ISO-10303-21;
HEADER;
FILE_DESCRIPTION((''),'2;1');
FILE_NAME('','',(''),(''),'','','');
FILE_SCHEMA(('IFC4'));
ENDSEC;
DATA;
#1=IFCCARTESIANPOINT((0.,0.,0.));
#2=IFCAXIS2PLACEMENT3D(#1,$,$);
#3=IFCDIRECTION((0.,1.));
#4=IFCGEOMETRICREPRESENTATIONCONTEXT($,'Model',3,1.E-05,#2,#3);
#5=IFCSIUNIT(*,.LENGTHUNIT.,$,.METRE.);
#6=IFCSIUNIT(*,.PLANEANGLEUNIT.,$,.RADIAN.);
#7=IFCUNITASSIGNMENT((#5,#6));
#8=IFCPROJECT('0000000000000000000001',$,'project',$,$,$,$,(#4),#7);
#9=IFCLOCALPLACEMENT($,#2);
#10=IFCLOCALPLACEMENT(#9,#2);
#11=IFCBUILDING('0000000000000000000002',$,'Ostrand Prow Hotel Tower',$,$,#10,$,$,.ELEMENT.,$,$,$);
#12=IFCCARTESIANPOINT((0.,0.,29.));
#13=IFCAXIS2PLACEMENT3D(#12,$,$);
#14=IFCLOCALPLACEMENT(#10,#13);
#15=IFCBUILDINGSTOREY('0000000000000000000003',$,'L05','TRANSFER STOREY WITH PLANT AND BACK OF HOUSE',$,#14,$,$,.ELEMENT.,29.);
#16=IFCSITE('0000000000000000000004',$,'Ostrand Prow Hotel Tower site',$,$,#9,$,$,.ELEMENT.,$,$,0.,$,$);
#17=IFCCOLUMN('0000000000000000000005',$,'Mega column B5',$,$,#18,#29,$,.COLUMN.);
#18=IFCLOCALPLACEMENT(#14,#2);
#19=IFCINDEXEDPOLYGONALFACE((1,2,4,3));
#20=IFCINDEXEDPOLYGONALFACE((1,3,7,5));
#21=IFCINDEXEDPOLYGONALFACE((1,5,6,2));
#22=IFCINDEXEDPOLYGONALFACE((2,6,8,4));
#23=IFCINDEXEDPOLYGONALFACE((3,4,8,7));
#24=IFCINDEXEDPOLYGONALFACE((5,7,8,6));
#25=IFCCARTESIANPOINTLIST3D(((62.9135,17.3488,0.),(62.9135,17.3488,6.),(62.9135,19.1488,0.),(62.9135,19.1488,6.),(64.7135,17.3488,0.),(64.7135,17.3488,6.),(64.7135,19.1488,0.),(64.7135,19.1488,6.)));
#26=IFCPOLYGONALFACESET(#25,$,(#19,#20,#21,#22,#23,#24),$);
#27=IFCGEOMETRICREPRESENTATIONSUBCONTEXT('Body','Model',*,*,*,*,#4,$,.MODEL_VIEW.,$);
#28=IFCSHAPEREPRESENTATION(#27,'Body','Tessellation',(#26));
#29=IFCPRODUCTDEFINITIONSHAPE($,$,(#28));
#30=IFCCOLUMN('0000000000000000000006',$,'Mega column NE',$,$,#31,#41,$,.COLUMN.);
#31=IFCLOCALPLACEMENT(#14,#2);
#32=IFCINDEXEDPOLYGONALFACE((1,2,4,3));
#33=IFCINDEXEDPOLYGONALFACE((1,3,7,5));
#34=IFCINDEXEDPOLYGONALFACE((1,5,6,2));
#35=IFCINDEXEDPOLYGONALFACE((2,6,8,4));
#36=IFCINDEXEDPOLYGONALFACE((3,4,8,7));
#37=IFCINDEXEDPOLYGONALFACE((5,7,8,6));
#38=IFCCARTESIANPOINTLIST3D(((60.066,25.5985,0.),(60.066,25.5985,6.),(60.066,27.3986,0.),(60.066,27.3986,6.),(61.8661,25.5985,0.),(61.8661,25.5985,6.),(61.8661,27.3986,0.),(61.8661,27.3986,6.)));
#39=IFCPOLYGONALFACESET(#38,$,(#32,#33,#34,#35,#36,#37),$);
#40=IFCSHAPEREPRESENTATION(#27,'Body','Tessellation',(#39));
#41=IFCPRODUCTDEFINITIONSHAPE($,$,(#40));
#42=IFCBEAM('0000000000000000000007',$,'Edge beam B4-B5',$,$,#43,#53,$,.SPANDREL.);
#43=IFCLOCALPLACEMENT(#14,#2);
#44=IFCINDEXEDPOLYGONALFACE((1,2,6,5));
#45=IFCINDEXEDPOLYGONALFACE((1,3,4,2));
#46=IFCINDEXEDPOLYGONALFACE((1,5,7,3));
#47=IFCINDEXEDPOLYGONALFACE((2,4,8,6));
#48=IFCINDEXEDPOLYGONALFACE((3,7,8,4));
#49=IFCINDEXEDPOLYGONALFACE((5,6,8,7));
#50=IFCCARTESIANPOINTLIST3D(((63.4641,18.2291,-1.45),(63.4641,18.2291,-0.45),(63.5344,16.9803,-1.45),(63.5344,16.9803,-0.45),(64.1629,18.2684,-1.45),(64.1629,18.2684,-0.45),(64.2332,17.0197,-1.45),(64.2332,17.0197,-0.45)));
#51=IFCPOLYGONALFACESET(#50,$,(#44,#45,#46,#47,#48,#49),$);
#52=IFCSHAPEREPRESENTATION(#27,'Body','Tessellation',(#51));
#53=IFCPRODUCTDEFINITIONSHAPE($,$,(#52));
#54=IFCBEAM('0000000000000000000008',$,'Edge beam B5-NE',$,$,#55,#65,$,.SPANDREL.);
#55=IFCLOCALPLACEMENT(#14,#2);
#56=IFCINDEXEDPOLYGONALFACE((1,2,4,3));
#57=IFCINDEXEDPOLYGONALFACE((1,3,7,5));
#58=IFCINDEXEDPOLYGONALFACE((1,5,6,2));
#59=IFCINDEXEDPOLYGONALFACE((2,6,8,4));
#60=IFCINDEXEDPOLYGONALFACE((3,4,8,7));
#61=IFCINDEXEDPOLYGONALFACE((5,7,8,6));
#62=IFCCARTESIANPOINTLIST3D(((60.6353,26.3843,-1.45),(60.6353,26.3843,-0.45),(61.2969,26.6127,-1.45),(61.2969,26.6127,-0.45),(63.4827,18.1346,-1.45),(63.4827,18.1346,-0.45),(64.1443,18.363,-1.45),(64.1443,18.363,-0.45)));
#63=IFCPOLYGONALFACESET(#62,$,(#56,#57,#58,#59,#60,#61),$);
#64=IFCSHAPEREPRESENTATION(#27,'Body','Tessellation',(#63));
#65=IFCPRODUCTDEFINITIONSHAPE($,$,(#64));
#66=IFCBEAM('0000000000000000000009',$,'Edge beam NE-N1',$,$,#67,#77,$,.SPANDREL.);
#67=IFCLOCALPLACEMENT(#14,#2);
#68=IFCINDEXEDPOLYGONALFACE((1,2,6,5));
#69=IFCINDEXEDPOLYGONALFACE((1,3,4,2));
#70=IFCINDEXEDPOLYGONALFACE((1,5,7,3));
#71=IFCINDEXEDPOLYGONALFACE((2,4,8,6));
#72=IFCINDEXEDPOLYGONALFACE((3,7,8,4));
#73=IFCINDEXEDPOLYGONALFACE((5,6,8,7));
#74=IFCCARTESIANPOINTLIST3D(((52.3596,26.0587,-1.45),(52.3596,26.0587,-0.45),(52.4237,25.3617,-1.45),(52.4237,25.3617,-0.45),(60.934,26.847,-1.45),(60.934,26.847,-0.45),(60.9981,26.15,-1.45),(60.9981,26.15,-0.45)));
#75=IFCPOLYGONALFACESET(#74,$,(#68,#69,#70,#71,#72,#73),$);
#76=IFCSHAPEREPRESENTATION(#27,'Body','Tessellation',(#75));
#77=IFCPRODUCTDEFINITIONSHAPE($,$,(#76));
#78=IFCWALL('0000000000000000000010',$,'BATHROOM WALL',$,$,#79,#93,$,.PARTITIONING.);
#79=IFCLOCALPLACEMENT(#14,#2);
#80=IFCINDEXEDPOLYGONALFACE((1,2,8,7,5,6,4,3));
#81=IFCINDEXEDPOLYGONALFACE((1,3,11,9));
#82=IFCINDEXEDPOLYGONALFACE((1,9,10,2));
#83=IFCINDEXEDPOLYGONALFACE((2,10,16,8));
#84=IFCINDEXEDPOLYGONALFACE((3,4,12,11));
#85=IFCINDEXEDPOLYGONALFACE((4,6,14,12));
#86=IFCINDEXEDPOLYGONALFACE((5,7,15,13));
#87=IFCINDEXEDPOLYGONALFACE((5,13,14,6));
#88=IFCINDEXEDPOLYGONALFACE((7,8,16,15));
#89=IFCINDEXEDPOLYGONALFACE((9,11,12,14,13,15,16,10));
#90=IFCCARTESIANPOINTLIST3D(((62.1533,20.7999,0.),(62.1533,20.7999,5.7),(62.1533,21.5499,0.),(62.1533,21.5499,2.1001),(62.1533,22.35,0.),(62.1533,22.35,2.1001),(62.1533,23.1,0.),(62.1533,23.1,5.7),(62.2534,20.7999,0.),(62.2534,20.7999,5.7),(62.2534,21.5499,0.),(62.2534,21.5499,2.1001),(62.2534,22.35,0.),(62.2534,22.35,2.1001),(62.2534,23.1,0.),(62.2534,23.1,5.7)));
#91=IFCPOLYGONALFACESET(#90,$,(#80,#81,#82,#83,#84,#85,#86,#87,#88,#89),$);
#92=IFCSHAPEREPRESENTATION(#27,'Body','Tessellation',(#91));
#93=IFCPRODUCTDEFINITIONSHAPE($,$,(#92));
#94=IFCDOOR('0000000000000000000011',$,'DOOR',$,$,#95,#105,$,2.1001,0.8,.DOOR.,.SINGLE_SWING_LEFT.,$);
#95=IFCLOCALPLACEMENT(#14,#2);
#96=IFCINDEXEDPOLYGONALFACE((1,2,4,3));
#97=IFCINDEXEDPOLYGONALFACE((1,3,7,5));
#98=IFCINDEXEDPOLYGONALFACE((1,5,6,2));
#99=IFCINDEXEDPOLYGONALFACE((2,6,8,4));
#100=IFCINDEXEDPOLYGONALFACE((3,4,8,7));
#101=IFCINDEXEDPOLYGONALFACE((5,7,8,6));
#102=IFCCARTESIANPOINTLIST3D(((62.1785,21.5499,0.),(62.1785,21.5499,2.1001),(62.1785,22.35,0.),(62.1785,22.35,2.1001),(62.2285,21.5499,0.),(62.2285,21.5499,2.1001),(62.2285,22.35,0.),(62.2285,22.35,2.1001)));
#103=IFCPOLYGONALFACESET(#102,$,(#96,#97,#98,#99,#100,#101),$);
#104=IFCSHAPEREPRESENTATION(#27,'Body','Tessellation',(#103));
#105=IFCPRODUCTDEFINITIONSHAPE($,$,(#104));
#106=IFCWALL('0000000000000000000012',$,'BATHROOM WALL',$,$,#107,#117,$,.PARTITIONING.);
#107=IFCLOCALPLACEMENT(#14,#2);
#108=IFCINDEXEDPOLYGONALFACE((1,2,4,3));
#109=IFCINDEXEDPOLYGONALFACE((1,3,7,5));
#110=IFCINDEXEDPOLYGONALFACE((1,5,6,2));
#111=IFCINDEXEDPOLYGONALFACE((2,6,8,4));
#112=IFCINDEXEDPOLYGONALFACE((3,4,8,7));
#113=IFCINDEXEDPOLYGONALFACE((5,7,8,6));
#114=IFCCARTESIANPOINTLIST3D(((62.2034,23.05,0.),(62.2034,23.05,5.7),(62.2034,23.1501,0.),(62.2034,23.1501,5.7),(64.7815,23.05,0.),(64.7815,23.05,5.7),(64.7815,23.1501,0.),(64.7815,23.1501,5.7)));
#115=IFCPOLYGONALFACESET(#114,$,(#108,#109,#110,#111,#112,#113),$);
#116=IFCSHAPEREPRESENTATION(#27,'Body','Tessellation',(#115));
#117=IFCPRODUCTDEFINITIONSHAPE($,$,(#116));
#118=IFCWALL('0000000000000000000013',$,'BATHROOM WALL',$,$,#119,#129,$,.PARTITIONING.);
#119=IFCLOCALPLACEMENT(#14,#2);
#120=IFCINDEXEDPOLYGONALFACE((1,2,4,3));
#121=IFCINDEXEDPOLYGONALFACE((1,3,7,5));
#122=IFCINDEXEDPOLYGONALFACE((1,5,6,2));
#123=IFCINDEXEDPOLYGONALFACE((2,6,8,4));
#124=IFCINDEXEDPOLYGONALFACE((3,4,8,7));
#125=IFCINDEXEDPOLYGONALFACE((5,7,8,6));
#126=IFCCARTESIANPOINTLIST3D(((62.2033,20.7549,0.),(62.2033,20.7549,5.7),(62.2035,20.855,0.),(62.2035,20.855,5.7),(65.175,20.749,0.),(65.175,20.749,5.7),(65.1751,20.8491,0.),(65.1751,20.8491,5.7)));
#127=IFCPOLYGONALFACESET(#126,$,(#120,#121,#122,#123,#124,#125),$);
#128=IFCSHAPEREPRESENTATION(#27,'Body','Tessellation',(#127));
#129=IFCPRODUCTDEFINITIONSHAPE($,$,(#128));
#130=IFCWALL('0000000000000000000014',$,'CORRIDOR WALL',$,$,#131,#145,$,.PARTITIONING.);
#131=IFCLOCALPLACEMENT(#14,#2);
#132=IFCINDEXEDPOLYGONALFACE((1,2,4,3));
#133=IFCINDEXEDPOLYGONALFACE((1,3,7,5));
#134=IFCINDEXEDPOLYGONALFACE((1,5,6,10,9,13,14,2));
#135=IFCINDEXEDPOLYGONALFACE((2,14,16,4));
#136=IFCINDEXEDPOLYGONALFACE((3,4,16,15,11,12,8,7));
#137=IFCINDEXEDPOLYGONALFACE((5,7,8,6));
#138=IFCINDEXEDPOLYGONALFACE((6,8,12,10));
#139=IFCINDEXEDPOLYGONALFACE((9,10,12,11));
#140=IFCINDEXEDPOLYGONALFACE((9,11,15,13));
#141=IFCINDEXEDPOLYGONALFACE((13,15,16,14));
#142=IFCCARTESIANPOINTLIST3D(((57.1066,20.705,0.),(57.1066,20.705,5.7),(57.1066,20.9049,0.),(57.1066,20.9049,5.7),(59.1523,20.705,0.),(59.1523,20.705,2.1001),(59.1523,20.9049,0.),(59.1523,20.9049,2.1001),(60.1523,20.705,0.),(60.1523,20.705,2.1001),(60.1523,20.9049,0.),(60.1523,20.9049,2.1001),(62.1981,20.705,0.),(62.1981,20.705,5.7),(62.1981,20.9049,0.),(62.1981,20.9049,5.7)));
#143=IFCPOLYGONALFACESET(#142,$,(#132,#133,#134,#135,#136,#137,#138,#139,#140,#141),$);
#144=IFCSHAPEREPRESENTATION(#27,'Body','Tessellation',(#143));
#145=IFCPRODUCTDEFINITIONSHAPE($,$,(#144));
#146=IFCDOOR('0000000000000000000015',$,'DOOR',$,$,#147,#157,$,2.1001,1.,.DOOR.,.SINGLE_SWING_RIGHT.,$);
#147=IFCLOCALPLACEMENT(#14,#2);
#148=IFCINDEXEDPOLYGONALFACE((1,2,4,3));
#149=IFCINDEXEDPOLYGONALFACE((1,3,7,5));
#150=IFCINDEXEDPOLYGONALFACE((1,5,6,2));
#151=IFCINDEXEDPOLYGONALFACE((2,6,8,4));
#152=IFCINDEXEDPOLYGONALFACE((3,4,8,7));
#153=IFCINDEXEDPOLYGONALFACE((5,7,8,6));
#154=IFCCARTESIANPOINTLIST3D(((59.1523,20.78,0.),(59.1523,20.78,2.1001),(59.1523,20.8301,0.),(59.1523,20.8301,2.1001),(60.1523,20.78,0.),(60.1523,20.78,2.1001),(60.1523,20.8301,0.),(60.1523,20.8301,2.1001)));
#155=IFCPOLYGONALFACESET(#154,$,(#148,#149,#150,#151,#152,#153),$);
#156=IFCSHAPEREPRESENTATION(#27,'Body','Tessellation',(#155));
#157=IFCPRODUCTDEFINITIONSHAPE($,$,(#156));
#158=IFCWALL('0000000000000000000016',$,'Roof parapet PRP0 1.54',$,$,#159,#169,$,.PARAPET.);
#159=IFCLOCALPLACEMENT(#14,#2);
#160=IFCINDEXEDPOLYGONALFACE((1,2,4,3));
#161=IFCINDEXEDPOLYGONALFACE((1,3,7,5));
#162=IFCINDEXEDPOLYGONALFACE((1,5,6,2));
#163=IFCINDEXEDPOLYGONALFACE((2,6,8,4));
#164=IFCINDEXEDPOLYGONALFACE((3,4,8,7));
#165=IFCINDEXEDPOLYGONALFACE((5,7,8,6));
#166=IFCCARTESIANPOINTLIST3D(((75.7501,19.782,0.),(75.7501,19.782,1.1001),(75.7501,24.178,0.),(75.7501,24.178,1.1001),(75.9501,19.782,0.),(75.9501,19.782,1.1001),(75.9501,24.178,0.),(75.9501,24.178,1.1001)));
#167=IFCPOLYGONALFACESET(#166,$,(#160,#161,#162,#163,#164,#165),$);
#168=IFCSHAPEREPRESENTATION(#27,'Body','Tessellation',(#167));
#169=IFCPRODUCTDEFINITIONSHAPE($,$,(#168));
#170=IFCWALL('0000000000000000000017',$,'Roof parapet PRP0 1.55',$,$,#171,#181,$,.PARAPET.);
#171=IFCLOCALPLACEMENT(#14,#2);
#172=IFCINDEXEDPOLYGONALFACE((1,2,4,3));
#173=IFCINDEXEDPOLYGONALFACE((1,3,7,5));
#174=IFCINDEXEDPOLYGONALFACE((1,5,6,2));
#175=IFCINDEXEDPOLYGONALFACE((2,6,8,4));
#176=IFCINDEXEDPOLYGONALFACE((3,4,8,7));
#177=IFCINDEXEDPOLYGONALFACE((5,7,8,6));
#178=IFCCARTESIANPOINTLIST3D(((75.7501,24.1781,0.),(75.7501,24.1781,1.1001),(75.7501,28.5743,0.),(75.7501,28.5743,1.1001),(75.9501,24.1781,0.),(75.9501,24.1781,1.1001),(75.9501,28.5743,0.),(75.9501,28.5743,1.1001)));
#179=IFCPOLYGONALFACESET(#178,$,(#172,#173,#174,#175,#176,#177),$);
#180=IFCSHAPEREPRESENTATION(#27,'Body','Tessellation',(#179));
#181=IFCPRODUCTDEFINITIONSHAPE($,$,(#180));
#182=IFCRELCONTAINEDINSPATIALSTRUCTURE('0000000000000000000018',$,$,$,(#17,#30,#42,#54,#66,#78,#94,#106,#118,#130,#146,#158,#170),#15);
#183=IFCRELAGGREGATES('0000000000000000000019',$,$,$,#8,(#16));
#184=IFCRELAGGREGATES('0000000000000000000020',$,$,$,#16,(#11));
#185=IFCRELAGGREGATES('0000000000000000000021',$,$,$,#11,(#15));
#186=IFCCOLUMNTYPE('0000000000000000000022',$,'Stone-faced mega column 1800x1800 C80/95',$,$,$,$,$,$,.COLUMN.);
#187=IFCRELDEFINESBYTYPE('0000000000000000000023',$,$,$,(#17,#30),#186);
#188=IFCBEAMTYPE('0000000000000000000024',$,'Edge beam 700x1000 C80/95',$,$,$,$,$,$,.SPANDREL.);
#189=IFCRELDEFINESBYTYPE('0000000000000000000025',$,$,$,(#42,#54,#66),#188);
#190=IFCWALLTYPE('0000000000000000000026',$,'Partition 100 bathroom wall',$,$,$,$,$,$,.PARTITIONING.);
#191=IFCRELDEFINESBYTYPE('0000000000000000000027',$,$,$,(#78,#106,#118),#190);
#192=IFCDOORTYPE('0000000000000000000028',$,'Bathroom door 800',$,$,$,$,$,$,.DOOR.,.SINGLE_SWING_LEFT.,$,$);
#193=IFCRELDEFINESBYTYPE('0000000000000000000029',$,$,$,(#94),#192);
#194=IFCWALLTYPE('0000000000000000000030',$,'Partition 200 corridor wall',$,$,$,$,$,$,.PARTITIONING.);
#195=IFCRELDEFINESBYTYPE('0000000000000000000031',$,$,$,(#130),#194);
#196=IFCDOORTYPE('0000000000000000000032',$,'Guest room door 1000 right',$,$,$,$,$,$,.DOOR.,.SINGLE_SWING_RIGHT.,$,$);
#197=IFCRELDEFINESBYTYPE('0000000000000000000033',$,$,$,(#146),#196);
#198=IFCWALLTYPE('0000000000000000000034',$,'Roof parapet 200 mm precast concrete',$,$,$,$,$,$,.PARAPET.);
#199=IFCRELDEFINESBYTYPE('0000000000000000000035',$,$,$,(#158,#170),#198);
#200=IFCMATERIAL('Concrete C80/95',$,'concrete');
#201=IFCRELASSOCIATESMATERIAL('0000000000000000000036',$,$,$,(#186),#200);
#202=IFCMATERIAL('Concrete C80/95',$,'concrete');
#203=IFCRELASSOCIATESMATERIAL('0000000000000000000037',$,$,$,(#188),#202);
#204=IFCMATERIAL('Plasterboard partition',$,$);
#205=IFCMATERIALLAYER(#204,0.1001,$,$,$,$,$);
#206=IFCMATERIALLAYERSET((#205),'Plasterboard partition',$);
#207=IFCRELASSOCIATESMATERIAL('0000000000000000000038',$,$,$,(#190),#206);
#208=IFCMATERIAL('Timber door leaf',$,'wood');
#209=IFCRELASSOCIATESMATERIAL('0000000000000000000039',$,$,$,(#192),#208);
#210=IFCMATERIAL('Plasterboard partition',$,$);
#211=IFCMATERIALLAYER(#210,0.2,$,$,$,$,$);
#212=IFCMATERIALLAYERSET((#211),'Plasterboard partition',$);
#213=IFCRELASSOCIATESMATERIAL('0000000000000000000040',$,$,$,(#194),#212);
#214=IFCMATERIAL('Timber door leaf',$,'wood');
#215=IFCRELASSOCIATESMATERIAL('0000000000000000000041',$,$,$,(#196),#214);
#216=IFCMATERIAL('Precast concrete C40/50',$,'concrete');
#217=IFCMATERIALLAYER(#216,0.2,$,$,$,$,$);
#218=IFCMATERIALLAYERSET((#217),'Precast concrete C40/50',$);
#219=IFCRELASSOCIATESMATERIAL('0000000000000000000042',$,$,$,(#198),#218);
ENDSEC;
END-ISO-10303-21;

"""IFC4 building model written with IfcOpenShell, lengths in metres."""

from ifc_helpers import new_model, si_unit, direction, frame, frame_2d, origin, origin_2d, place, context, subcontext, project, spatial, rectangle, extrude, material, layer, layer_set, material_profile, profile_set, type_object, element, fill, save


model = new_model("IFC4")

# Units and contexts
model_context = context("Model", 3, precision=1e-05, world=origin(), true_north=direction((0.0, 1.0)))
body_context = subcontext(model_context, "Body", "Model", "MODEL_VIEW")
ifc_project = project(units=[si_unit("LENGTHUNIT", "METRE"), si_unit("PLANEANGLEUNIT", "RADIAN")], contexts=[model_context])

# Site, building, storey
site_placement = place(None, origin())
site = spatial("IfcSite", under=ifc_project, at=site_placement, Name="Ostrand Prow Hotel Tower site", CompositionType="ELEMENT", RefElevation=0.0)
building_placement = place(site_placement, origin())
building = spatial("IfcBuilding", under=site, at=building_placement, Name="Ostrand Prow Hotel Tower", CompositionType="ELEMENT")
storey_placement = place(building_placement, frame((0.0, 0.0, 29.0)))
storey = spatial("IfcBuildingStorey", under=building, at=storey_placement, Name="L05", Description="TRANSFER STOREY WITH PLANT AND BACK OF HOUSE", CompositionType="ELEMENT", Elevation=29.0)

# Columns
ifc_material_1 = material(Name="Concrete C80/95", Category="concrete")
ifc_material_profile_1 = material_profile(ifc_material_1, rectangle(XDim=1.8, YDim=1.8, at=origin_2d()), Name="RC 1800x1800")
ifc_profile_set_1 = profile_set([ifc_material_profile_1], Name="Concrete C80/95")
column_type = type_object("IfcColumnType", Name="Stone-faced mega column 1800x1800 C80/95", PredefinedType="COLUMN", material=ifc_profile_set_1)
for number, where, z_axis, x_axis, name in (
    (1, (63.8135, 18.2488, 0.0), (0.0, 0.0, 1.0), (1.0, 0.0, 0.0), "Mega column B5"),
    (2, (60.9661, 26.4985, 0.0), (0.0, 0.0, 1.0), (1.0, 0.0, 0.0), "Mega column NE"),
):
    element("IfcColumn", number, at=place(storey_placement, frame(where, z_axis=z_axis, x_axis=x_axis)), inside=storey, type_object=column_type, Name=name, PredefinedType="COLUMN", context=body_context, shape_type="SweptSolid", body=[
        extrude(rectangle(XDim=1.8, YDim=1.8, at=origin_2d()), origin(), (0.0, 0.0, 1.0), 6.0),
    ])

# Beams
ifc_material_2 = material(Name="Concrete C80/95", Category="concrete")
ifc_material_profile_2 = material_profile(ifc_material_2, rectangle(XDim=0.7, YDim=1.0, at=origin_2d()), Name="RC 700x1000")
ifc_profile_set_2 = profile_set([ifc_material_profile_2], Name="Concrete C80/95")
beam_type = type_object("IfcBeamType", Name="Edge beam 700x1000 C80/95", PredefinedType="SPANDREL", material=ifc_profile_set_2)
beam_1_placement = place(storey_placement, frame((63.8838, 17.0, -0.95), z_axis=(-0.056216, 0.998419, 0.0), x_axis=(-0.998419, -0.056216, 0.0)))
element("IfcBeam", 3, at=beam_1_placement, inside=storey, type_object=beam_type, Name="Edge beam B4-B5", PredefinedType="SPANDREL", context=body_context, shape_type="SweptSolid", body=[
    extrude(rectangle(XDim=0.7, YDim=1.0, at=origin_2d()), origin(), (0.0, 0.0, 1.0), 1.2507),
])
beam_2_placement = place(storey_placement, frame((63.8135, 18.2488, -0.95), z_axis=(-0.326264, 0.945279, 0.0), x_axis=(-0.945279, -0.326264, 0.0)))
element("IfcBeam", 4, at=beam_2_placement, inside=storey, type_object=beam_type, Name="Edge beam B5-NE", PredefinedType="SPANDREL", context=body_context, shape_type="SweptSolid", body=[
    extrude(rectangle(XDim=0.7, YDim=1.0, at=origin_2d()), origin(), (0.0, 0.0, 1.0), 8.7273),
])
beam_3_placement = place(storey_placement, frame((60.9661, 26.4985, -0.95), z_axis=(-0.9958, -0.091553, 0.0), x_axis=(0.091553, -0.9958, 0.0)))
element("IfcBeam", 5, at=beam_3_placement, inside=storey, type_object=beam_type, Name="Edge beam NE-N1", PredefinedType="SPANDREL", context=body_context, shape_type="SweptSolid", body=[
    extrude(rectangle(XDim=0.7, YDim=1.0, at=origin_2d()), origin(), (0.0, 0.0, 1.0), 8.6106),
])

# Wall, opening, door
ifc_material_3 = material(Name="Plasterboard partition")
ifc_layer_1 = layer(ifc_material_3, 0.1001)
ifc_layer_set_1 = layer_set([ifc_layer_1], Name="Plasterboard partition")
wall_type_1 = type_object("IfcWallType", Name="Partition 100 bathroom wall", PredefinedType="PARTITIONING", material=ifc_layer_set_1)
wall_1_placement = place(storey_placement, frame((62.2034, 20.8, 0.0), z_axis=(0.0, 0.0, 1.0), x_axis=(0.0, 1.0, 0.0)))
wall_1 = element("IfcWall", 6, at=wall_1_placement, inside=storey, type_object=wall_type_1, Name="BATHROOM WALL", PredefinedType="PARTITIONING", context=body_context, shape_type="SweptSolid", body=[
    extrude(rectangle(XDim=2.3, YDim=0.1001, at=frame_2d((1.1499, 0.0))), origin(), (0.0, 0.0, 1.0), 5.7),
])
opening_1_placement = place(wall_1_placement, frame((0.75, 0.0, 0.0)))
opening_1 = element("IfcOpeningElement", 7, at=opening_1_placement, cuts=wall_1, PredefinedType="OPENING", context=body_context, shape_type="SweptSolid", body=[
    extrude(rectangle(XDim=0.8, YDim=2.1001, at=frame_2d((0.3999, 1.05))), frame((0.0, 0.0601, 0.0), z_axis=(0.0, -1.0, 0.0), x_axis=(1.0, 0.0, 0.0)), (0.0, 0.0, 1.0), 0.1201),
])
ifc_material_4 = material(Name="Timber door leaf", Category="wood")
door_type_1 = type_object("IfcDoorType", Name="Bathroom door 800", OperationType="SINGLE_SWING_LEFT", PredefinedType="DOOR", material=ifc_material_4)
door_1_placement = place(opening_1_placement, origin())
door_1 = element("IfcDoor", 8, at=door_1_placement, inside=storey, type_object=door_type_1, Name="DOOR", OperationType="SINGLE_SWING_LEFT", OverallHeight=2.1001, OverallWidth=0.8, PredefinedType="DOOR", context=body_context, shape_type="SweptSolid", body=[
    extrude(rectangle(XDim=0.8, YDim=2.1001, at=frame_2d((0.3999, 1.05))), frame((0.0, 0.0249, 0.0), z_axis=(0.0, -1.0, 0.0), x_axis=(1.0, 0.0, 0.0)), (0.0, 0.0, 1.0), 0.05),
])
fill(opening_1, door_1)

# Walls
wall_2_placement = place(storey_placement, frame((62.2034, 23.1001, 0.0), z_axis=(0.0, 0.0, 1.0), x_axis=(1.0, 0.0, 0.0)))
element("IfcWall", 9, at=wall_2_placement, inside=storey, type_object=wall_type_1, Name="BATHROOM WALL", PredefinedType="PARTITIONING", context=body_context, shape_type="SweptSolid", body=[
    extrude(rectangle(XDim=2.5781, YDim=0.1001, at=frame_2d((1.2891, 0.0))), origin(), (0.0, 0.0, 1.0), 5.7),
])
wall_3_placement = place(storey_placement, frame((65.175, 20.7991, 0.0), z_axis=(0.0, 0.0, 1.0), x_axis=(-0.999998, 0.001972, 0.0)))
element("IfcWall", 10, at=wall_3_placement, inside=storey, type_object=wall_type_1, Name="BATHROOM WALL", PredefinedType="PARTITIONING", context=body_context, shape_type="SweptSolid", body=[
    extrude(rectangle(XDim=2.9717, YDim=0.1001, at=frame_2d((1.4858, 0.0))), origin(), (0.0, 0.0, 1.0), 5.7),
])

# Wall, opening, door
ifc_material_5 = material(Name="Plasterboard partition")
ifc_layer_2 = layer(ifc_material_5, 0.2)
ifc_layer_set_2 = layer_set([ifc_layer_2], Name="Plasterboard partition")
wall_type_2 = type_object("IfcWallType", Name="Partition 200 corridor wall", PredefinedType="PARTITIONING", material=ifc_layer_set_2)
wall_4_placement = place(storey_placement, frame((62.1982, 20.8049, 0.0), z_axis=(0.0, 0.0, 1.0), x_axis=(-1.0, 0.0, 0.0)))
wall_4 = element("IfcWall", 11, at=wall_4_placement, inside=storey, type_object=wall_type_2, Name="CORRIDOR WALL", PredefinedType="PARTITIONING", context=body_context, shape_type="SweptSolid", body=[
    extrude(rectangle(XDim=5.0916, YDim=0.2, at=frame_2d((2.5459, 0.0))), origin(), (0.0, 0.0, 1.0), 5.7),
])
opening_2_placement = place(wall_4_placement, frame((2.0459, 0.0, 0.0)))
opening_2 = element("IfcOpeningElement", 12, at=opening_2_placement, cuts=wall_4, PredefinedType="OPENING", context=body_context, shape_type="SweptSolid", body=[
    extrude(rectangle(XDim=1.0, YDim=2.1001, at=frame_2d((0.5, 1.05))), frame((0.0, 0.1099, 0.0), z_axis=(0.0, -1.0, 0.0), x_axis=(1.0, 0.0, 0.0)), (0.0, 0.0, 1.0), 0.22),
])
ifc_material_6 = material(Name="Timber door leaf", Category="wood")
door_type_2 = type_object("IfcDoorType", Name="Guest room door 1000 right", OperationType="SINGLE_SWING_RIGHT", PredefinedType="DOOR", material=ifc_material_6)
door_2_placement = place(opening_2_placement, origin())
door_2 = element("IfcDoor", 13, at=door_2_placement, inside=storey, type_object=door_type_2, Name="DOOR", OperationType="SINGLE_SWING_RIGHT", OverallHeight=2.1001, OverallWidth=1.0, PredefinedType="DOOR", context=body_context, shape_type="SweptSolid", body=[
    extrude(rectangle(XDim=1.0, YDim=2.1001, at=frame_2d((0.5, 1.05))), frame((0.0, 0.0249, 0.0), z_axis=(0.0, -1.0, 0.0), x_axis=(1.0, 0.0, 0.0)), (0.0, 0.0, 1.0), 0.05),
])
fill(opening_2, door_2)

# Walls
ifc_material_7 = material(Name="Precast concrete C40/50", Category="concrete")
ifc_layer_3 = layer(ifc_material_7, 0.2)
ifc_layer_set_3 = layer_set([ifc_layer_3], Name="Precast concrete C40/50")
wall_type_3 = type_object("IfcWallType", Name="Roof parapet 200 mm precast concrete", PredefinedType="PARAPET", material=ifc_layer_set_3)
wall_5_placement = place(storey_placement, frame((75.8501, 19.782, 0.0), z_axis=(0.0, 0.0, 1.0), x_axis=(0.0, 1.0, 0.0)))
element("IfcWall", 14, at=wall_5_placement, inside=storey, type_object=wall_type_3, Name="Roof parapet PRP0 1.54", PredefinedType="PARAPET", context=body_context, shape_type="SweptSolid", body=[
    extrude(rectangle(XDim=4.396, YDim=0.2, at=frame_2d((2.198, 0.0))), origin(), (0.0, 0.0, 1.0), 1.1001),
])
wall_6_placement = place(storey_placement, frame((75.8501, 24.178, 0.0), z_axis=(0.0, 0.0, 1.0), x_axis=(0.0, 1.0, 0.0)))
element("IfcWall", 15, at=wall_6_placement, inside=storey, type_object=wall_type_3, Name="Roof parapet PRP0 1.55", PredefinedType="PARAPET", context=body_context, shape_type="SweptSolid", body=[
    extrude(rectangle(XDim=4.3962, YDim=0.2, at=frame_2d((2.1982, 0.0))), origin(), (0.0, 0.0, 1.0), 1.1001),
])

save(model, "model.ifc")
